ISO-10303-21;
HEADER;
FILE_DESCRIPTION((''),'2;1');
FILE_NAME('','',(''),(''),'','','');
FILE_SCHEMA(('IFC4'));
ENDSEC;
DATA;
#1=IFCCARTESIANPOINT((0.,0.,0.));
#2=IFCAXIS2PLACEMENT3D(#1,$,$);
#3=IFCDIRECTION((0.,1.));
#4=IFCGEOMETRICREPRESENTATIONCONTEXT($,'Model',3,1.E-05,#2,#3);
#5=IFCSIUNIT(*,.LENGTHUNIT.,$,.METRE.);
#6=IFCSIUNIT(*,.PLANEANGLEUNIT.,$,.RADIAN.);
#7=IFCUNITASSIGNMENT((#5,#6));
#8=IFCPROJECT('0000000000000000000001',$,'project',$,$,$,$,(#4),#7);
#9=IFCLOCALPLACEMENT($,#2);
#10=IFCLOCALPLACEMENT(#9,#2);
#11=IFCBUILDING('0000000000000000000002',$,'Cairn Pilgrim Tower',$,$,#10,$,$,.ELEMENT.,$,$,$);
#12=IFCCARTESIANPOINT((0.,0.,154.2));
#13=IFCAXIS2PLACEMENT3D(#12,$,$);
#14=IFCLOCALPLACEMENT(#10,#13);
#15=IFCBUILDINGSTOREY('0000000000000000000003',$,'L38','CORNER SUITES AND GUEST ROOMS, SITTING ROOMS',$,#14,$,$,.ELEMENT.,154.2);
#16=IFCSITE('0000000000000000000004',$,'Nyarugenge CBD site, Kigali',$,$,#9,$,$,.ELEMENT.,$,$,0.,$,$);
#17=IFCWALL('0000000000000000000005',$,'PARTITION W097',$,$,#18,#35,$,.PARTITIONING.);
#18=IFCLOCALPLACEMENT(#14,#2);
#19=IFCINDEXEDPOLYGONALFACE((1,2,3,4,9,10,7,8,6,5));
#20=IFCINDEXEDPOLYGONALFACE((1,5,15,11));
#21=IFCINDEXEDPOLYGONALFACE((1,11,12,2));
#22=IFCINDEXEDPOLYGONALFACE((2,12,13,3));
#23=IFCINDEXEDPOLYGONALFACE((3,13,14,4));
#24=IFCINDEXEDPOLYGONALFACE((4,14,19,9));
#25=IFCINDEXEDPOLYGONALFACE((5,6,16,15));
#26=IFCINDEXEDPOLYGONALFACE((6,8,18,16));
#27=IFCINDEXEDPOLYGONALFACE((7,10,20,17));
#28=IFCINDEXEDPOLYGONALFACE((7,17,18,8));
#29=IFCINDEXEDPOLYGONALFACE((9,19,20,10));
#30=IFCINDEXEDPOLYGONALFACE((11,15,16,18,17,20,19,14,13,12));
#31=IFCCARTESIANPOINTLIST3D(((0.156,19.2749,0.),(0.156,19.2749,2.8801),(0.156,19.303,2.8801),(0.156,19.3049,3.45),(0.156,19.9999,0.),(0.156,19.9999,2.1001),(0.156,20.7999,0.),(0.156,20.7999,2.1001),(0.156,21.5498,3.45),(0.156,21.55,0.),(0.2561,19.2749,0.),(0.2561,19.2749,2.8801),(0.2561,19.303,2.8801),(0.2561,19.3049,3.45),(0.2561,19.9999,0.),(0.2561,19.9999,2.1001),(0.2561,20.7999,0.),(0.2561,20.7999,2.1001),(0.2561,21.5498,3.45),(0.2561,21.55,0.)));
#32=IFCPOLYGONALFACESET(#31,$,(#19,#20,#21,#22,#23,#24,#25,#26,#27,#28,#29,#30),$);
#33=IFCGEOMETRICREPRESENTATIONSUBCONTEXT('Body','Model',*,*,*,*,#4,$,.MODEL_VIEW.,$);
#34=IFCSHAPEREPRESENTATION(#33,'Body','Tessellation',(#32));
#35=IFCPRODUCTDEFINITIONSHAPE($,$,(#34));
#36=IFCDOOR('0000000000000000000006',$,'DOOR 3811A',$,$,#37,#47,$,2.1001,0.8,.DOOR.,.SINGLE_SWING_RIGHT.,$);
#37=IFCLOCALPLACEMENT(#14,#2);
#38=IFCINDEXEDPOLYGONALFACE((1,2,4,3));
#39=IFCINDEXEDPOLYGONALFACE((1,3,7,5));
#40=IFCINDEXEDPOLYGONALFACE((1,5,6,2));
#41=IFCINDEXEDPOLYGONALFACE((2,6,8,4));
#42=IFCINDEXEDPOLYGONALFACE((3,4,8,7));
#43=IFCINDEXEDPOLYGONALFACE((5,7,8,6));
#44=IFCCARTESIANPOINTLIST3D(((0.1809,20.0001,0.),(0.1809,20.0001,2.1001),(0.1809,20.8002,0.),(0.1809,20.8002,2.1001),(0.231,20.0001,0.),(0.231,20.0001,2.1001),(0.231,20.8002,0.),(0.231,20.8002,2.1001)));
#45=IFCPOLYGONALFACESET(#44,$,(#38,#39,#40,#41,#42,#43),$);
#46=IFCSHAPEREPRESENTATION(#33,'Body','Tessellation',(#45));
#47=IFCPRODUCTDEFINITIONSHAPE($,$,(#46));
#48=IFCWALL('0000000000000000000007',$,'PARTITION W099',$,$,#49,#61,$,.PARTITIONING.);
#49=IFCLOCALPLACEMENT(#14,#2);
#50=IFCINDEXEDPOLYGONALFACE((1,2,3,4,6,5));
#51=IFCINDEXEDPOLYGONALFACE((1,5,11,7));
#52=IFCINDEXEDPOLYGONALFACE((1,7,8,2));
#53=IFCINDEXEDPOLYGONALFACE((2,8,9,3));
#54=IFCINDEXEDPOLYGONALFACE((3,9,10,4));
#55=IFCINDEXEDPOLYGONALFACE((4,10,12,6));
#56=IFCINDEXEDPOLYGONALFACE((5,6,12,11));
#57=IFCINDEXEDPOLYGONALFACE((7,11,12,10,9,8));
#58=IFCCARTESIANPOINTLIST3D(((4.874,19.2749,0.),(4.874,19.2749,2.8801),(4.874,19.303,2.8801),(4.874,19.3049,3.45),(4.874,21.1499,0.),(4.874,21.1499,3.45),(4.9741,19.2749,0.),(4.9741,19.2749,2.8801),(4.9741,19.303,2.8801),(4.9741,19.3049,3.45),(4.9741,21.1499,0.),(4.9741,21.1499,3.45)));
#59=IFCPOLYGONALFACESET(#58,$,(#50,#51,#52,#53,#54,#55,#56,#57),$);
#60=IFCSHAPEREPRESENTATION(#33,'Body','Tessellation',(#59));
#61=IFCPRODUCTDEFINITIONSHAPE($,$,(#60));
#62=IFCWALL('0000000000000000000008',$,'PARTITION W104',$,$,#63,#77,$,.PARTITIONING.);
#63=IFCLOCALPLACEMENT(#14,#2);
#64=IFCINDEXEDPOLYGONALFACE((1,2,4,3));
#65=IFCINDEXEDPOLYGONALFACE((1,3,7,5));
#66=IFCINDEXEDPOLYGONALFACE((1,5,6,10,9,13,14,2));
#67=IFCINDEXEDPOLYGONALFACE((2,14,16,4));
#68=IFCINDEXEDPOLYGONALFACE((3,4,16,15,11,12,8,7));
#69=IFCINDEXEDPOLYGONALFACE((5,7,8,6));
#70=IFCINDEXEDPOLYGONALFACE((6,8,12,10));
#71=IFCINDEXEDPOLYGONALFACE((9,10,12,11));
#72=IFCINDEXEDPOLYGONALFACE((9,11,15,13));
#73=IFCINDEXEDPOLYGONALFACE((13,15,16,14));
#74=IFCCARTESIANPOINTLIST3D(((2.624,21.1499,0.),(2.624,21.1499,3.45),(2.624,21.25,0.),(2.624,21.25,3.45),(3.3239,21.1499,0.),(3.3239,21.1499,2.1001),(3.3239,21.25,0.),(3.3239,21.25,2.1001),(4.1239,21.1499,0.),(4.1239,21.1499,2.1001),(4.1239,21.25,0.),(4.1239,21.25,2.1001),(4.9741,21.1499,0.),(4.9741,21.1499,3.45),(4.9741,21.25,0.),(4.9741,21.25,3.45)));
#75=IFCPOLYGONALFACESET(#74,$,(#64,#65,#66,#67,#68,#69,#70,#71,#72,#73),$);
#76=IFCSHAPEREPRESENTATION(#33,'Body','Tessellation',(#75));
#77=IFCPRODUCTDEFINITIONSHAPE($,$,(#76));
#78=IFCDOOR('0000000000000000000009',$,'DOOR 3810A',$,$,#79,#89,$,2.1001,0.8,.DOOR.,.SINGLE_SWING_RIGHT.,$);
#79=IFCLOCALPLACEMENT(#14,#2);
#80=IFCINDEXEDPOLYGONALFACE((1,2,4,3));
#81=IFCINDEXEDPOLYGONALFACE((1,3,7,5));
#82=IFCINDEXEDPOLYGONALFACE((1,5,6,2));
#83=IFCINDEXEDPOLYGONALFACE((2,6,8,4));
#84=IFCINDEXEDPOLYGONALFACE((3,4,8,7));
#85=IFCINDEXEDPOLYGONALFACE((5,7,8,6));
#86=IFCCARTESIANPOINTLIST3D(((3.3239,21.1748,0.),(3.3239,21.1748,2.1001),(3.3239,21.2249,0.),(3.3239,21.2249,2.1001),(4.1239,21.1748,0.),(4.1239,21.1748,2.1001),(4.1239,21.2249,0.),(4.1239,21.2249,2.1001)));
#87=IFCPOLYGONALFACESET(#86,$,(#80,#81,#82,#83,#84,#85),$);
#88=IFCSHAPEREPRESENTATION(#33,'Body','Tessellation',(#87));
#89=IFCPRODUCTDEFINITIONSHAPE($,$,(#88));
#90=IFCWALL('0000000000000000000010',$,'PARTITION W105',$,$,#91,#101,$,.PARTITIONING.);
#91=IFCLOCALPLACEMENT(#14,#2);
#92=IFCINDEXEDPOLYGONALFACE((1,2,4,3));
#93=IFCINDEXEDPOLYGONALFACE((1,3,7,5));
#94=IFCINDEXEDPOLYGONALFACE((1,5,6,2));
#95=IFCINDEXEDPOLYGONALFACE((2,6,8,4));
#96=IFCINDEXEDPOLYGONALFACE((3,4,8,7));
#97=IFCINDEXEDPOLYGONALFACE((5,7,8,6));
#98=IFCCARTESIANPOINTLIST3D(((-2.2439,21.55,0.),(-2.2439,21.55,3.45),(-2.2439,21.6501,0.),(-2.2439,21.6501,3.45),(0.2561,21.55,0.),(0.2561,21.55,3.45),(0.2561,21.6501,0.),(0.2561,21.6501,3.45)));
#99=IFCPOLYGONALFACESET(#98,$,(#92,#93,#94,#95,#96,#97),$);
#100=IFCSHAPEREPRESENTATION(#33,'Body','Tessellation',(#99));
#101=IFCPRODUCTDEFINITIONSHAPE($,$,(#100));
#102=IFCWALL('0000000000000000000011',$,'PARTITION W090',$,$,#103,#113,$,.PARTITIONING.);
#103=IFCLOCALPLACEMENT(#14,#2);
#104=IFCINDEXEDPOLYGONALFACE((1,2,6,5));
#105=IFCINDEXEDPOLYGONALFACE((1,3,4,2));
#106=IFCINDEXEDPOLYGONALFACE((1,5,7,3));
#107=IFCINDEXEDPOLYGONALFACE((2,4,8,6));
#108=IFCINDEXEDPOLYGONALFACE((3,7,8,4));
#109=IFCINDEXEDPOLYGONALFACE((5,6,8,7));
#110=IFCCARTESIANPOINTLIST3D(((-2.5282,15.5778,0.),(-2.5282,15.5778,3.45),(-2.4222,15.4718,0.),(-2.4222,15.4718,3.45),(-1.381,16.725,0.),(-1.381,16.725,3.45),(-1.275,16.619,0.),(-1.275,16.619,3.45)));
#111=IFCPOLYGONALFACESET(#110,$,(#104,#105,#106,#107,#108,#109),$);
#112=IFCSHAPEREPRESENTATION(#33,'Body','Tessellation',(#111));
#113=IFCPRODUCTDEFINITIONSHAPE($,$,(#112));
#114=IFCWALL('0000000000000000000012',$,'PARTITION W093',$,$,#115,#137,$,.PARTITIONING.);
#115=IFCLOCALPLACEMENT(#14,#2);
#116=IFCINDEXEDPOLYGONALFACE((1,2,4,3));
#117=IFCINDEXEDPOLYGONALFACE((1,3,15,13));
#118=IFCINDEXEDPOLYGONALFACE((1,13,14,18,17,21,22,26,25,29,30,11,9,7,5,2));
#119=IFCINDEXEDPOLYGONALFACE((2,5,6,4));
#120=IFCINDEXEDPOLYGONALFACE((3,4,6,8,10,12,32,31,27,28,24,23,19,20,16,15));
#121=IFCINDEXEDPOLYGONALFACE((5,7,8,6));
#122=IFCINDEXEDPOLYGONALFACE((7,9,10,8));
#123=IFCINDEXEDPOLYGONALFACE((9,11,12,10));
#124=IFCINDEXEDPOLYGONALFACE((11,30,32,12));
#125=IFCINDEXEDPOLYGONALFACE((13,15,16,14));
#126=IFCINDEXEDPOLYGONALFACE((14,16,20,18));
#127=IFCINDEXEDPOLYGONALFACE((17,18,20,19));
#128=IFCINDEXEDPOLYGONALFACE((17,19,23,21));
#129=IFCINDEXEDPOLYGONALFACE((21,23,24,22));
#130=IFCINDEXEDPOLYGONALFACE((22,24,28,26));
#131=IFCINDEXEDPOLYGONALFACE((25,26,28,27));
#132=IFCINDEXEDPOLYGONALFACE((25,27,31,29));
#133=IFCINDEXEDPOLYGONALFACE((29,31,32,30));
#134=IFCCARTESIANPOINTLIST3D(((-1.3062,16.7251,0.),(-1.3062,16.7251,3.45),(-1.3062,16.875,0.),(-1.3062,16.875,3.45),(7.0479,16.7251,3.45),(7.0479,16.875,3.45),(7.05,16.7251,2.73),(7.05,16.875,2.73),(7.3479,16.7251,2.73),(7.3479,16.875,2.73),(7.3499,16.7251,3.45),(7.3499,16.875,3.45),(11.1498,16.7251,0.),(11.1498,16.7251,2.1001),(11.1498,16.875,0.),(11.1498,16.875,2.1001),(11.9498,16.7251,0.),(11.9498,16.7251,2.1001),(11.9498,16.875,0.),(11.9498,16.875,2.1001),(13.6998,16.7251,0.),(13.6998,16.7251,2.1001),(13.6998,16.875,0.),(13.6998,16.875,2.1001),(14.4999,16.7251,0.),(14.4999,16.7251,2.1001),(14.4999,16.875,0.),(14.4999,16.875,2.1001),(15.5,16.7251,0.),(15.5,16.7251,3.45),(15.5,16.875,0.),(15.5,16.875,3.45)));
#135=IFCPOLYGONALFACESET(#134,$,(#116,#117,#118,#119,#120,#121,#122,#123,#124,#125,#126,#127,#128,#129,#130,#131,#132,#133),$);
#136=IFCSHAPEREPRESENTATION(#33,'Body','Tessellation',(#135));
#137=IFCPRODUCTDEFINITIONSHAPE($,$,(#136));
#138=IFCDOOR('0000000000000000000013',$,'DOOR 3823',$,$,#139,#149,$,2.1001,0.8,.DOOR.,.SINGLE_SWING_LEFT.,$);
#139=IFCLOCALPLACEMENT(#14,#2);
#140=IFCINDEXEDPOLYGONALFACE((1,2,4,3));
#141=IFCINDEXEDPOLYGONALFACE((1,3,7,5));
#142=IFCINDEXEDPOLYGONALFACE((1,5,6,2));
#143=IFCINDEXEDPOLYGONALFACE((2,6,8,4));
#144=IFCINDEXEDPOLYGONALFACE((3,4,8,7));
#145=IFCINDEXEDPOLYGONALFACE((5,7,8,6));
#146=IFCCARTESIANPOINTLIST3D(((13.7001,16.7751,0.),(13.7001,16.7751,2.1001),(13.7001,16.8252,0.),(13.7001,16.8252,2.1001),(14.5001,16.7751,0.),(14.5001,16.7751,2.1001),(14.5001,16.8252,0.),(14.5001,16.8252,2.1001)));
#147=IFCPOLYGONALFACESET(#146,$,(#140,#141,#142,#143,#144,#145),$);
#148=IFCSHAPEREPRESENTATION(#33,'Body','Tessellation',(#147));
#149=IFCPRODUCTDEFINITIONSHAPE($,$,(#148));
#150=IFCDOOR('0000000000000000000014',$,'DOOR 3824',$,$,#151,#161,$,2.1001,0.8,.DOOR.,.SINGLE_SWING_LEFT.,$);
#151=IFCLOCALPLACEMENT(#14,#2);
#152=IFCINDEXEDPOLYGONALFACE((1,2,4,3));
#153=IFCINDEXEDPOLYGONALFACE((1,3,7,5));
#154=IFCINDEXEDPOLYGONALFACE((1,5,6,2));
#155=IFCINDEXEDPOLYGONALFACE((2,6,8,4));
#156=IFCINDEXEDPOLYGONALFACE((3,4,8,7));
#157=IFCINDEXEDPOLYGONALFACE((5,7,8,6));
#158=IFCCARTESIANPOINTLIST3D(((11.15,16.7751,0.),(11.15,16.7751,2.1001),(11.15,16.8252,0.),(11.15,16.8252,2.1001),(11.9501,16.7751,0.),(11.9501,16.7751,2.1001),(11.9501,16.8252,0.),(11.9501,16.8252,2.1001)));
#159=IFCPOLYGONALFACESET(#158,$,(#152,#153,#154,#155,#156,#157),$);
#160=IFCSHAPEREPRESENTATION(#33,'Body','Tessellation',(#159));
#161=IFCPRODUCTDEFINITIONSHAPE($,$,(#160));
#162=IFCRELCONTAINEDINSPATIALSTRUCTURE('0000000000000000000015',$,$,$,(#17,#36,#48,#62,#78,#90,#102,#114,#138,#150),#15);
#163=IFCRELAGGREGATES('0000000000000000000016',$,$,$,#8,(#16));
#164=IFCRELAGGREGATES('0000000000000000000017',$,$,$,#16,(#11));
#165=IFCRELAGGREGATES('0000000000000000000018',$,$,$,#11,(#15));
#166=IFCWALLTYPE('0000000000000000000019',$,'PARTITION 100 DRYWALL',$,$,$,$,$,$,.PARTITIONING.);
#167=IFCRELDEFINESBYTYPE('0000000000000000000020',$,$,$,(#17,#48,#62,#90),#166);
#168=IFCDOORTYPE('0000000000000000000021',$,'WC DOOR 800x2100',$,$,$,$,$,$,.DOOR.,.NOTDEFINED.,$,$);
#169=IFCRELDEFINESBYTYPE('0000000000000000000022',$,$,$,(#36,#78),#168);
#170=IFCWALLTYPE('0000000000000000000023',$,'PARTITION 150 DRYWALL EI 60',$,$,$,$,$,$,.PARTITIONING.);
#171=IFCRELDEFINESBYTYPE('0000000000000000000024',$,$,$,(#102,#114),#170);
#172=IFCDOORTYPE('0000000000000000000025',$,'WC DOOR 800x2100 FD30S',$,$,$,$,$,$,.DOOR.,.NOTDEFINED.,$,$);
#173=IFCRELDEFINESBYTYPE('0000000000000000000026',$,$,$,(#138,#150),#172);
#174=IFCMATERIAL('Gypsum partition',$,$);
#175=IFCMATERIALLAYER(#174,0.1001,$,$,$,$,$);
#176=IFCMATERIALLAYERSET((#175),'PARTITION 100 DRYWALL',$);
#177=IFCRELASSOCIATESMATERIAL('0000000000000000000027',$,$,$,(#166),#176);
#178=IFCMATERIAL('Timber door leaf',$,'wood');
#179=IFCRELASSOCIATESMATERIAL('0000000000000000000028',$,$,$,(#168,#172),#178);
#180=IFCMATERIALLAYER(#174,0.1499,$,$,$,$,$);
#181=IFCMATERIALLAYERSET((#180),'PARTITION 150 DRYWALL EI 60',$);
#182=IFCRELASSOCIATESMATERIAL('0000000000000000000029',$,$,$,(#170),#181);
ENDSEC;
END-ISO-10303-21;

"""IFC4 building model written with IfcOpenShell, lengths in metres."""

from ifc_helpers import new_model, si_unit, direction, frame, frame_2d, origin, place, context, subcontext, project, spatial, polyline, rectangle, outline, extrude, material, layer, layer_set, type_object, element, fill, save


model = new_model("IFC4")

# Units and contexts
model_context = context("Model", 3, precision=1e-05, world=origin(), true_north=direction((0.0, 1.0)))
body_context = subcontext(model_context, "Body", "Model", "MODEL_VIEW")
ifc_project = project(units=[si_unit("LENGTHUNIT", "METRE"), si_unit("PLANEANGLEUNIT", "RADIAN")], contexts=[model_context])

# Site, building, storey
site_placement = place(None, origin())
site = spatial("IfcSite", under=ifc_project, at=site_placement, Name="Nyarugenge CBD site, Kigali", CompositionType="ELEMENT", RefElevation=0.0)
building_placement = place(site_placement, origin())
building = spatial("IfcBuilding", under=site, at=building_placement, Name="Cairn Pilgrim Tower", CompositionType="ELEMENT")
storey_placement = place(building_placement, frame((0.0, 0.0, 154.2)))
storey = spatial("IfcBuildingStorey", under=building, at=storey_placement, Name="L38", Description="CORNER SUITES AND GUEST ROOMS, SITTING ROOMS", CompositionType="ELEMENT", Elevation=154.2)

# Shared definitions
ifc_material_1 = material(Name="Gypsum partition")
ifc_layer_1 = layer(ifc_material_1, 0.1001)
ifc_layer_set_1 = layer_set([ifc_layer_1], Name="PARTITION 100 DRYWALL")
wall_type_1 = type_object("IfcWallType", Name="PARTITION 100 DRYWALL", PredefinedType="PARTITIONING", material=ifc_layer_set_1)

# Wall, opening, door
wall_1_placement = place(storey_placement, frame((0.2061, 19.2749, 0.0), z_axis=(0.0, 0.0, 1.0), x_axis=(0.0, 1.0, 0.0)))
wall_1 = element("IfcWall", 1, at=wall_1_placement, inside=storey, type_object=wall_type_1, Name="PARTITION W097", PredefinedType="PARTITIONING", context=body_context, shape_type="SweptSolid", body=[
    extrude(outline(polyline([(0.0, 0.0), (2.2751, 0.0), (2.2749, 3.45), (0.03, 3.45), (0.0281, 2.8801), (0.0, 2.8801), (0.0, 0.0)])), frame((0.0, 0.05, 0.0), z_axis=(0.0, -1.0, 0.0), x_axis=(1.0, 0.0, 0.0)), (0.0, 0.0, 1.0), 0.1001),
])
opening_1_placement = place(wall_1_placement, frame((0.7251, 0.0, 0.0)))
opening_1 = element("IfcOpeningElement", 2, at=opening_1_placement, cuts=wall_1, PredefinedType="OPENING", context=body_context, shape_type="SweptSolid", body=[
    extrude(rectangle(XDim=0.8, YDim=2.1001, at=frame_2d((0.3999, 1.05))), frame((0.0, 0.0601, 0.0), z_axis=(0.0, -1.0, 0.0), x_axis=(1.0, 0.0, 0.0)), (0.0, 0.0, 1.0), 0.1201),
])
ifc_material_2 = material(Name="Timber door leaf", Category="wood")
door_type_1 = type_object("IfcDoorType", Name="WC DOOR 800x2100", OperationType="NOTDEFINED", PredefinedType="DOOR", material=ifc_material_2)
door_1_placement = place(opening_1_placement, frame((0.8, 0.0, 0.0), z_axis=(0.0, 0.0, 1.0), x_axis=(-1.0, 0.0, 0.0)))
door_1 = element("IfcDoor", 3, at=door_1_placement, inside=storey, type_object=door_type_1, Name="DOOR 3811A", OperationType="SINGLE_SWING_RIGHT", OverallHeight=2.1001, OverallWidth=0.8, PredefinedType="DOOR", context=body_context, shape_type="SweptSolid", body=[
    extrude(rectangle(XDim=0.8, YDim=2.1001, at=frame_2d((0.3999, 1.05))), frame((0.0, 0.0249, 0.0), z_axis=(0.0, -1.0, 0.0), x_axis=(1.0, 0.0, 0.0)), (0.0, 0.0, 1.0), 0.05),
])
fill(opening_1, door_1)

# Wall
wall_2_placement = place(storey_placement, frame((4.9241, 19.2749, 0.0), z_axis=(0.0, 0.0, 1.0), x_axis=(0.0, 1.0, 0.0)))
element("IfcWall", 4, at=wall_2_placement, inside=storey, type_object=wall_type_1, Name="PARTITION W099", PredefinedType="PARTITIONING", context=body_context, shape_type="SweptSolid", body=[
    extrude(outline(polyline([(0.0, 0.0), (1.875, 0.0), (1.875, 3.45), (0.03, 3.45), (0.0281, 2.8801), (0.0, 2.8801), (0.0, 0.0)])), frame((0.0, 0.05, 0.0), z_axis=(0.0, -1.0, 0.0), x_axis=(1.0, 0.0, 0.0)), (0.0, 0.0, 1.0), 0.1001),
])

# Wall, opening, door
wall_3_placement = place(storey_placement, frame((2.624, 21.2, 0.0), z_axis=(0.0, 0.0, 1.0), x_axis=(1.0, 0.0, 0.0)))
wall_3 = element("IfcWall", 5, at=wall_3_placement, inside=storey, type_object=wall_type_1, Name="PARTITION W104", PredefinedType="PARTITIONING", context=body_context, shape_type="SweptSolid", body=[
    extrude(rectangle(XDim=2.3501, YDim=0.1001, at=frame_2d((1.175, 0.0))), origin(), (0.0, 0.0, 1.0), 3.45),
])
opening_2_placement = place(wall_3_placement, frame((0.7, 0.0, 0.0)))
opening_2 = element("IfcOpeningElement", 6, at=opening_2_placement, cuts=wall_3, PredefinedType="OPENING", context=body_context, shape_type="SweptSolid", body=[
    extrude(rectangle(XDim=0.8, YDim=2.1001, at=frame_2d((0.3999, 1.05))), frame((0.0, 0.0601, 0.0), z_axis=(0.0, -1.0, 0.0), x_axis=(1.0, 0.0, 0.0)), (0.0, 0.0, 1.0), 0.1201),
])
door_2_placement = place(opening_2_placement, origin())
door_2 = element("IfcDoor", 7, at=door_2_placement, inside=storey, type_object=door_type_1, Name="DOOR 3810A", OperationType="SINGLE_SWING_RIGHT", OverallHeight=2.1001, OverallWidth=0.8, PredefinedType="DOOR", context=body_context, shape_type="SweptSolid", body=[
    extrude(rectangle(XDim=0.8, YDim=2.1001, at=frame_2d((0.3999, 1.05))), frame((0.0, 0.0249, 0.0), z_axis=(0.0, -1.0, 0.0), x_axis=(1.0, 0.0, 0.0)), (0.0, 0.0, 1.0), 0.05),
])
fill(opening_2, door_2)

# Walls
wall_4_placement = place(storey_placement, frame((-2.2439, 21.6001, 0.0), z_axis=(0.0, 0.0, 1.0), x_axis=(1.0, 0.0, 0.0)))
element("IfcWall", 8, at=wall_4_placement, inside=storey, type_object=wall_type_1, Name="PARTITION W105", PredefinedType="PARTITIONING", context=body_context, shape_type="SweptSolid", body=[
    extrude(rectangle(XDim=2.5, YDim=0.1001, at=frame_2d((1.25, 0.0))), origin(), (0.0, 0.0, 1.0), 3.45),
])
ifc_layer_2 = layer(ifc_material_1, 0.1499)
ifc_layer_set_2 = layer_set([ifc_layer_2], Name="PARTITION 150 DRYWALL EI 60")
wall_type_2 = type_object("IfcWallType", Name="PARTITION 150 DRYWALL EI 60", PredefinedType="PARTITIONING", material=ifc_layer_set_2)
wall_5_placement = place(storey_placement, frame((-2.4751, 15.5249, 0.0), z_axis=(0.0, 0.0, 1.0), x_axis=(0.707107, 0.707107, 0.0)))
element("IfcWall", 9, at=wall_5_placement, inside=storey, type_object=wall_type_2, Name="PARTITION W090", PredefinedType="PARTITIONING", context=body_context, shape_type="SweptSolid", body=[
    extrude(rectangle(XDim=1.6223, YDim=0.1499, at=frame_2d((0.811, 0.0))), origin(), (0.0, 0.0, 1.0), 3.45),
])

# Wall, openings, doors
wall_6_placement = place(storey_placement, frame((-1.3062, 16.8, 0.0), z_axis=(0.0, 0.0, 1.0), x_axis=(1.0, 0.0, 0.0)))
wall_6 = element("IfcWall", 10, at=wall_6_placement, inside=storey, type_object=wall_type_2, Name="PARTITION W093", PredefinedType="PARTITIONING", context=body_context, shape_type="SweptSolid", body=[
    extrude(outline(polyline([(0.0, 0.0), (16.8062, 0.0), (16.8062, 3.45), (8.656, 3.45), (8.6541, 2.73), (8.3562, 2.73), (8.354, 3.45), (0.0, 3.45), (0.0, 0.0)])), frame((0.0, 0.075, 0.0), z_axis=(0.0, -1.0, 0.0), x_axis=(1.0, 0.0, 0.0)), (0.0, 0.0, 1.0), 0.1499),
])
opening_3_placement = place(wall_6_placement, frame((15.0061, 0.0, 0.0)))
opening_3 = element("IfcOpeningElement", 11, at=opening_3_placement, cuts=wall_6, PredefinedType="OPENING", context=body_context, shape_type="SweptSolid", body=[
    extrude(rectangle(XDim=0.8, YDim=2.1001, at=frame_2d((0.3999, 1.05))), frame((0.0, 0.085, 0.0), z_axis=(0.0, -1.0, 0.0), x_axis=(1.0, 0.0, 0.0)), (0.0, 0.0, 1.0), 0.1699),
])
opening_4_placement = place(wall_6_placement, frame((12.4561, 0.0, 0.0)))
opening_4 = element("IfcOpeningElement", 12, at=opening_4_placement, cuts=wall_6, PredefinedType="OPENING", context=body_context, shape_type="SweptSolid", body=[
    extrude(rectangle(XDim=0.8, YDim=2.1001, at=frame_2d((0.3999, 1.05))), frame((0.0, 0.085, 0.0), z_axis=(0.0, -1.0, 0.0), x_axis=(1.0, 0.0, 0.0)), (0.0, 0.0, 1.0), 0.1699),
])
door_type_2 = type_object("IfcDoorType", Name="WC DOOR 800x2100 FD30S", OperationType="NOTDEFINED", PredefinedType="DOOR", material=ifc_material_2)
door_3_placement = place(opening_3_placement, frame((0.8, 0.0, 0.0), z_axis=(0.0, 0.0, 1.0), x_axis=(-1.0, 0.0, 0.0)))
door_3 = element("IfcDoor", 13, at=door_3_placement, inside=storey, type_object=door_type_2, Name="DOOR 3823", OperationType="SINGLE_SWING_LEFT", OverallHeight=2.1001, OverallWidth=0.8, PredefinedType="DOOR", context=body_context, shape_type="SweptSolid", body=[
    extrude(rectangle(XDim=0.8, YDim=2.1001, at=frame_2d((0.3999, 1.05))), frame((0.0, 0.0249, 0.0), z_axis=(0.0, -1.0, 0.0), x_axis=(1.0, 0.0, 0.0)), (0.0, 0.0, 1.0), 0.05),
])
fill(opening_3, door_3)
door_4_placement = place(opening_4_placement, frame((0.8, 0.0, 0.0), z_axis=(0.0, 0.0, 1.0), x_axis=(-1.0, 0.0, 0.0)))
door_4 = element("IfcDoor", 14, at=door_4_placement, inside=storey, type_object=door_type_2, Name="DOOR 3824", OperationType="SINGLE_SWING_LEFT", OverallHeight=2.1001, OverallWidth=0.8, PredefinedType="DOOR", context=body_context, shape_type="SweptSolid", body=[
    extrude(rectangle(XDim=0.8, YDim=2.1001, at=frame_2d((0.3999, 1.05))), frame((0.0, 0.0249, 0.0), z_axis=(0.0, -1.0, 0.0), x_axis=(1.0, 0.0, 0.0)), (0.0, 0.0, 1.0), 0.05),
])
fill(opening_4, door_4)

save(model, "model.ifc")
